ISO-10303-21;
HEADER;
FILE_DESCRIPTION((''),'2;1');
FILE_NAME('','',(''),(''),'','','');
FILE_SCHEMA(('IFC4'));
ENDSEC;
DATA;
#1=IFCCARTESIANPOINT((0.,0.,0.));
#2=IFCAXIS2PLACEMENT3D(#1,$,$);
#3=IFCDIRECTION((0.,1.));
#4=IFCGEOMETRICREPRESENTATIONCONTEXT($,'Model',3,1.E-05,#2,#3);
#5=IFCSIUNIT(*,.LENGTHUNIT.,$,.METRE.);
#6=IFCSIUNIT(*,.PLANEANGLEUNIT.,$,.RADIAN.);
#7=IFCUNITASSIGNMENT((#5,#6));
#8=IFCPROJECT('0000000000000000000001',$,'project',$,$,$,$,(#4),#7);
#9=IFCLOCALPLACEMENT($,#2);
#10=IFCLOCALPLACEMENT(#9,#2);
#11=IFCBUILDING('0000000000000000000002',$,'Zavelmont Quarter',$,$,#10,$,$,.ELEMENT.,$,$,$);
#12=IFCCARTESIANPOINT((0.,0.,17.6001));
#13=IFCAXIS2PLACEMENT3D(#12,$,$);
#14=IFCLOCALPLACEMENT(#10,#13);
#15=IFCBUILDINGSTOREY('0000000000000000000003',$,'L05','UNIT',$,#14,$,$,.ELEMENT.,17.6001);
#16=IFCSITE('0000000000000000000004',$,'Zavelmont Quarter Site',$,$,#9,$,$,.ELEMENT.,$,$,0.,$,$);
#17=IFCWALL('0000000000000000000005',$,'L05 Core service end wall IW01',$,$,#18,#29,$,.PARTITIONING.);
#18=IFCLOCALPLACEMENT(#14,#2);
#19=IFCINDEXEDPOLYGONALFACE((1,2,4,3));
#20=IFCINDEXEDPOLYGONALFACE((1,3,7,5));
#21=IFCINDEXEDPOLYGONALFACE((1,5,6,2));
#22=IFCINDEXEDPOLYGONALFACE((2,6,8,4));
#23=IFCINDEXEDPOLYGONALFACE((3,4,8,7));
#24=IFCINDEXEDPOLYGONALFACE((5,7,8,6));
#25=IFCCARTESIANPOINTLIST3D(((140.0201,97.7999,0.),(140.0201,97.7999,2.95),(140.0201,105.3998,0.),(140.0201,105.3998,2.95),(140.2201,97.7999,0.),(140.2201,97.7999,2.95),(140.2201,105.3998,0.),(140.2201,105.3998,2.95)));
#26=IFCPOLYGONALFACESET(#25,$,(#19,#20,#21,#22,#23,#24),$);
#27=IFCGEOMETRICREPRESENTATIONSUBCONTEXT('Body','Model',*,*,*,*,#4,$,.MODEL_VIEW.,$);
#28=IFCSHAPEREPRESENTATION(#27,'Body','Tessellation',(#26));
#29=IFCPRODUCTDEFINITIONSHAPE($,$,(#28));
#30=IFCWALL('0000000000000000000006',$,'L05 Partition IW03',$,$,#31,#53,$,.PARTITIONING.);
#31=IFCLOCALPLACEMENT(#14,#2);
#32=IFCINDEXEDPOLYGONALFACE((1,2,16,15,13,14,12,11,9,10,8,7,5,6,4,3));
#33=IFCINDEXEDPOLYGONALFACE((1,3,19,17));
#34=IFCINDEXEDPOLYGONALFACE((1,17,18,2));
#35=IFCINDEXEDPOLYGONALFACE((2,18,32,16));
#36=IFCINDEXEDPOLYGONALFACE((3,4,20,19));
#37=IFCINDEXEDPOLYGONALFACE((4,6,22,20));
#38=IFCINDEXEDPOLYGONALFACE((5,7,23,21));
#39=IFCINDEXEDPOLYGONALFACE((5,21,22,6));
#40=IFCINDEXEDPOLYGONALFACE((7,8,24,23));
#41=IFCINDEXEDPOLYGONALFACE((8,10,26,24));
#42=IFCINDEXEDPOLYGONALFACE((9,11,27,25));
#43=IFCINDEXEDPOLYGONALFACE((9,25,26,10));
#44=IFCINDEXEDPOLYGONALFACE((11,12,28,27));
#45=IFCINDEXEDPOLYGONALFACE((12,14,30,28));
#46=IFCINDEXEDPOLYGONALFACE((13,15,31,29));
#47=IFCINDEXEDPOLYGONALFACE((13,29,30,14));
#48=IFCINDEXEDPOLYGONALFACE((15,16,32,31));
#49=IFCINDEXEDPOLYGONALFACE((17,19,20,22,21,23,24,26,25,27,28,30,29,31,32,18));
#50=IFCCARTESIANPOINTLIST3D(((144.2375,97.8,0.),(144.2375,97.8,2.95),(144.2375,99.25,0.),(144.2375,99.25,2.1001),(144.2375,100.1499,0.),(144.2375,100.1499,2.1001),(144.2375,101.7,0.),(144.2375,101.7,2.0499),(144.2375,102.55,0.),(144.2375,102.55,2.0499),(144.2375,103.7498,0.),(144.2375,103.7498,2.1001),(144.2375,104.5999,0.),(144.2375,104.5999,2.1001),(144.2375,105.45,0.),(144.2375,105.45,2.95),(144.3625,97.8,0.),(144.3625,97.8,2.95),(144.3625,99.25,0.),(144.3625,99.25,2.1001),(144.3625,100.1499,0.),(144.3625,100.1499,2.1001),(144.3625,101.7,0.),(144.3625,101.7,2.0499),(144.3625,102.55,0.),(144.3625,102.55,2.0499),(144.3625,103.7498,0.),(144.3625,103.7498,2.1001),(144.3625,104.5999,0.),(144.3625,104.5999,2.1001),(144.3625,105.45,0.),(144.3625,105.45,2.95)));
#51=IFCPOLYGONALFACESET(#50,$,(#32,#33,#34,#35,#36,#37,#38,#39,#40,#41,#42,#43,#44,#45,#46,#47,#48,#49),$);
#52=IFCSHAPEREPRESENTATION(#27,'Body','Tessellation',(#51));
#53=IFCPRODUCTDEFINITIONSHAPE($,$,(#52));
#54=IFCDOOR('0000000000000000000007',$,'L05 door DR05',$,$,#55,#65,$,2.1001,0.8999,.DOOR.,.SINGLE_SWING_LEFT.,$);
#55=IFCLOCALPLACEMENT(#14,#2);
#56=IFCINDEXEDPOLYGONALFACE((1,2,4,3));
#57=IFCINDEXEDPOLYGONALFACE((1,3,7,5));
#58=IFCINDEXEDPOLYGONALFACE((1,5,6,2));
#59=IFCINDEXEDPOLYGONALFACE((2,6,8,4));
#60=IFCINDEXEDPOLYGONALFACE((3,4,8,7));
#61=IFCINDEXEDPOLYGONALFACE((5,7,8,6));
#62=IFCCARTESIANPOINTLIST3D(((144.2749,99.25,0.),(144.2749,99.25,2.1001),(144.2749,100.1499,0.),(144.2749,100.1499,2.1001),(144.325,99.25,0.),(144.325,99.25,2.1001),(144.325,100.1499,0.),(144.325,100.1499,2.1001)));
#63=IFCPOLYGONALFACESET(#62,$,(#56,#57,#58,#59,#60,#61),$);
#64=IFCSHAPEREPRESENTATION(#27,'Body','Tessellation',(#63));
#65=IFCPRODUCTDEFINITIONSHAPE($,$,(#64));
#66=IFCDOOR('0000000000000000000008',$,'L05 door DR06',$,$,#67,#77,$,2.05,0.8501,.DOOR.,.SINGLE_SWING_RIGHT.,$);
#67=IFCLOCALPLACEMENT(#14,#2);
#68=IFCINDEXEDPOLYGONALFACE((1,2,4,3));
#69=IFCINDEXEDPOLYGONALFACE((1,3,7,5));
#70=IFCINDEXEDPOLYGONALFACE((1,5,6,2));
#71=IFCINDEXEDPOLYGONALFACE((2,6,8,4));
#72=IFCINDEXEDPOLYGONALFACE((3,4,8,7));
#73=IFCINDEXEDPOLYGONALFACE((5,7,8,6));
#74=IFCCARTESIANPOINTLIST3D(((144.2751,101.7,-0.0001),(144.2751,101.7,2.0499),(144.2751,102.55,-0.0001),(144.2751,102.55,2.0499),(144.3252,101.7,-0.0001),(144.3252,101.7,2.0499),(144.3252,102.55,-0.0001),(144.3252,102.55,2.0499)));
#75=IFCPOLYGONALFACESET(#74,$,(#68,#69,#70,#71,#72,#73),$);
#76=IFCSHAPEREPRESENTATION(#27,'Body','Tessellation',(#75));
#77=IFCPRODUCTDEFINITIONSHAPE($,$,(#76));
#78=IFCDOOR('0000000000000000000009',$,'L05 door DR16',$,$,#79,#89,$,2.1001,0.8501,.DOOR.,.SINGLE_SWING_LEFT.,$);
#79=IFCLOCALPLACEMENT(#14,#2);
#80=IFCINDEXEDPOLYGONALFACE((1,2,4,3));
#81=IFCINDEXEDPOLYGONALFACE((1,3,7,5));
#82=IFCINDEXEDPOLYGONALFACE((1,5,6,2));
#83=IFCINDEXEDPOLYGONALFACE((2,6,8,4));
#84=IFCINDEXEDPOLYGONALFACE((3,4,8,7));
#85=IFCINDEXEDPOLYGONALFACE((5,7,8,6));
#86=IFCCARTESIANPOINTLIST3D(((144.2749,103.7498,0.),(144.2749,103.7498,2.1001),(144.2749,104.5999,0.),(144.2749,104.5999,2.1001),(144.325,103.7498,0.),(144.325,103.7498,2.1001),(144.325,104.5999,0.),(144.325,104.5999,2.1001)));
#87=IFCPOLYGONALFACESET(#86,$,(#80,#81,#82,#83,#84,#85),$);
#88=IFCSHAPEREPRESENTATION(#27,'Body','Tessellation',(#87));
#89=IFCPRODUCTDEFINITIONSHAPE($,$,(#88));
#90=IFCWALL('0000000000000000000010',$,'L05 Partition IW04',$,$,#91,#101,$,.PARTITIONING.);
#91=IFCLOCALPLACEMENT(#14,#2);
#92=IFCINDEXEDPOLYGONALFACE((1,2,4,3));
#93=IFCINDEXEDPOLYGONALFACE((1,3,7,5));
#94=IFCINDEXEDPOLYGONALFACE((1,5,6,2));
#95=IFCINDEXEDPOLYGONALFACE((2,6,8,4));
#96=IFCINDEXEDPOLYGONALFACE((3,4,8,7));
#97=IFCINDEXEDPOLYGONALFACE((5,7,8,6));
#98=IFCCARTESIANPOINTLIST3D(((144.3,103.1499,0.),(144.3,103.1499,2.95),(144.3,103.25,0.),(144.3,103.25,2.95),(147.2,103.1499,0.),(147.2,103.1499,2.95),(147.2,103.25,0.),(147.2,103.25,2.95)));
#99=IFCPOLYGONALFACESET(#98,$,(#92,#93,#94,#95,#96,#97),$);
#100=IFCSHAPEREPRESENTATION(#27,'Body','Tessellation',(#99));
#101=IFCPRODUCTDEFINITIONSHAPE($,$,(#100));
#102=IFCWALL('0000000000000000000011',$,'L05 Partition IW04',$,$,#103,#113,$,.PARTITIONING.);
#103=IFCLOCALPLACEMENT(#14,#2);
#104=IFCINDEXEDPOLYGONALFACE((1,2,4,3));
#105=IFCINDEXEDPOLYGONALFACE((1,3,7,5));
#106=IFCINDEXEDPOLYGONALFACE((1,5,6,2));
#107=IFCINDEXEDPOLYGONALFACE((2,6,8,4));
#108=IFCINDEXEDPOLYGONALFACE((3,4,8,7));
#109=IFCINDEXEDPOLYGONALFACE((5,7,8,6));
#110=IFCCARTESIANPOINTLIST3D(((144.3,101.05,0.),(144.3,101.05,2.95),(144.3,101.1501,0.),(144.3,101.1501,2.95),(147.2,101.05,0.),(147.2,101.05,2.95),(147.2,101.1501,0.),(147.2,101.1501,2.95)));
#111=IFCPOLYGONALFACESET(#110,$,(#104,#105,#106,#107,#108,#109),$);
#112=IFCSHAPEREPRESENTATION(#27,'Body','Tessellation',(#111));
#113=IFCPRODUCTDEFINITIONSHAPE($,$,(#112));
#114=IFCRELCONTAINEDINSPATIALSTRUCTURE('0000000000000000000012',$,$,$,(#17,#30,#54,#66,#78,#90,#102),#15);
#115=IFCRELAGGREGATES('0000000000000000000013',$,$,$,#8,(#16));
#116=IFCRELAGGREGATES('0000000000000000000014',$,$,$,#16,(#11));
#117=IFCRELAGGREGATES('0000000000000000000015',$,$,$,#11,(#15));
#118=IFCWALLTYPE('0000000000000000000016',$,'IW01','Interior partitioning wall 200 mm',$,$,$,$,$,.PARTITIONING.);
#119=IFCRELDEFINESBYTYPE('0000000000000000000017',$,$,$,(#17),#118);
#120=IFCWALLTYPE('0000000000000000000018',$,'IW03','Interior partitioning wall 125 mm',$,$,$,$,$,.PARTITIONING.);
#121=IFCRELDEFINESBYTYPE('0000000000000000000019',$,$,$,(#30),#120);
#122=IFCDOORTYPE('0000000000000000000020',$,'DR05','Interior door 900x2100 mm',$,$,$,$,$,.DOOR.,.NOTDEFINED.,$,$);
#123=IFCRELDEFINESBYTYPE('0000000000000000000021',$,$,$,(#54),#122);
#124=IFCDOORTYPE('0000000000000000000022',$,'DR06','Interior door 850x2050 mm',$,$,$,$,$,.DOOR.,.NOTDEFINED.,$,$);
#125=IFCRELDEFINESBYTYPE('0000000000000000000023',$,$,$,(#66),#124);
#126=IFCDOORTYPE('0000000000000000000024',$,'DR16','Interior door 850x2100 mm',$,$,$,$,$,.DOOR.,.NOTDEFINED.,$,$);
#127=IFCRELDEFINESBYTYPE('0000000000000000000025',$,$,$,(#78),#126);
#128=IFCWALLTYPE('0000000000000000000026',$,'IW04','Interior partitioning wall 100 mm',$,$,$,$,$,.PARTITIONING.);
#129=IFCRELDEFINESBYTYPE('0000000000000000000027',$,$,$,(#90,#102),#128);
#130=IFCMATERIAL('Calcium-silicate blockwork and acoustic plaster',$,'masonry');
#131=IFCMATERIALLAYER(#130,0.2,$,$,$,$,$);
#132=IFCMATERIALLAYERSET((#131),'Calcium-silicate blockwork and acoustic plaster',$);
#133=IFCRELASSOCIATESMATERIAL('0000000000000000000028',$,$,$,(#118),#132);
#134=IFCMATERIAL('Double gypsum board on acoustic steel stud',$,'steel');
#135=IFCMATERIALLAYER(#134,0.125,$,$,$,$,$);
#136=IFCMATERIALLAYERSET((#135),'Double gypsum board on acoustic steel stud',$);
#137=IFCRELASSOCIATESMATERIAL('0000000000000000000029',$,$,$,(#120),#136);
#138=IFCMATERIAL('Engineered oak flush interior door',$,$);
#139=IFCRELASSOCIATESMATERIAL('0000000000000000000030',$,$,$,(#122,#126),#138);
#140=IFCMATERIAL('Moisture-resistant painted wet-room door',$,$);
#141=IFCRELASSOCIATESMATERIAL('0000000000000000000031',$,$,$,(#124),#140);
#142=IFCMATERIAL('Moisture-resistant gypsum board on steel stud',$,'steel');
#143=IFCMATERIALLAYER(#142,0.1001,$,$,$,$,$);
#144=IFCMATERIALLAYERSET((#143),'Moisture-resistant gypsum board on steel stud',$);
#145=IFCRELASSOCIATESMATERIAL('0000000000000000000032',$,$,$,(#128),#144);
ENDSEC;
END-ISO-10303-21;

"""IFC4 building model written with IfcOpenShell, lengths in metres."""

from ifc_helpers import new_model, si_unit, direction, frame, frame_2d, origin, origin_with_axes, place, context, subcontext, project, spatial, rectangle, extrude, material, layer, layer_set, type_object, element, fill, save


model = new_model("IFC4")

# Units and contexts
model_context = context("Model", 3, precision=1e-05, world=origin(), true_north=direction((0.0, 1.0)))
body_context = subcontext(model_context, "Body", "Model", "MODEL_VIEW")
ifc_project = project(units=[si_unit("LENGTHUNIT", "METRE"), si_unit("PLANEANGLEUNIT", "RADIAN")], contexts=[model_context])

# Site, building, storey
site_placement = place(None, origin())
site = spatial("IfcSite", under=ifc_project, at=site_placement, Name="Zavelmont Quarter Site", CompositionType="ELEMENT", RefElevation=0.0)
building_placement = place(site_placement, origin())
building = spatial("IfcBuilding", under=site, at=building_placement, Name="Zavelmont Quarter", CompositionType="ELEMENT")
storey_placement = place(building_placement, frame((0.0, 0.0, 17.6001)))
storey = spatial("IfcBuildingStorey", under=building, at=storey_placement, Name="L05", Description="UNIT", CompositionType="ELEMENT", Elevation=17.6001)

# Wall
ifc_material_1 = material(Name="Calcium-silicate blockwork and acoustic plaster", Category="masonry")
ifc_layer_1 = layer(ifc_material_1, 0.2)
ifc_layer_set_1 = layer_set([ifc_layer_1], Name="Calcium-silicate blockwork and acoustic plaster")
wall_type_1 = type_object("IfcWallType", Name="IW01", Description="Interior partitioning wall 200 mm", PredefinedType="PARTITIONING", material=ifc_layer_set_1)
wall_1_placement = place(storey_placement, frame((140.1201, 97.8, 0.0), z_axis=(0.0, 0.0, 1.0), x_axis=(0.0, 1.0, 0.0)))
element("IfcWall", 1, at=wall_1_placement, inside=storey, type_object=wall_type_1, Name="L05 Core service end wall IW01", PredefinedType="PARTITIONING", context=body_context, shape_type="SweptSolid", body=[
    extrude(rectangle(XDim=7.5999, YDim=0.2, at=frame_2d((3.7998, 0.0))), origin(), (0.0, 0.0, 1.0), 2.95),
])

# Wall, openings, doors
ifc_material_2 = material(Name="Double gypsum board on acoustic steel stud", Category="steel")
ifc_layer_2 = layer(ifc_material_2, 0.125)
ifc_layer_set_2 = layer_set([ifc_layer_2], Name="Double gypsum board on acoustic steel stud")
wall_type_2 = type_object("IfcWallType", Name="IW03", Description="Interior partitioning wall 125 mm", PredefinedType="PARTITIONING", material=ifc_layer_set_2)
wall_2_placement = place(storey_placement, frame((144.3, 105.45, 0.0), z_axis=(0.0, 0.0, 1.0), x_axis=(0.0, -1.0, 0.0)))
wall_2 = element("IfcWall", 2, at=wall_2_placement, inside=storey, type_object=wall_type_2, Name="L05 Partition IW03", PredefinedType="PARTITIONING", context=body_context, shape_type="SweptSolid", body=[
    extrude(rectangle(XDim=7.6499, YDim=0.125, at=frame_2d((3.825, 0.0))), origin(), (0.0, 0.0, 1.0), 2.95),
])
opening_1_placement = place(wall_2_placement, frame((0.8501, 0.0, 0.0)))
opening_1 = element("IfcOpeningElement", 3, at=opening_1_placement, cuts=wall_2, PredefinedType="OPENING", context=body_context, shape_type="SweptSolid", body=[
    extrude(rectangle(XDim=0.8501, YDim=2.1001, at=frame_2d((0.425, 1.05))), frame((0.0, 0.0745, 0.0), z_axis=(0.0, -1.0, 0.0), x_axis=(1.0, 0.0, 0.0)), (0.0, 0.0, 1.0), 0.1489),
])
opening_2_placement = place(wall_2_placement, frame((2.8999, 0.0, 0.0)))
opening_2 = element("IfcOpeningElement", 4, at=opening_2_placement, cuts=wall_2, PredefinedType="OPENING", context=body_context, shape_type="SweptSolid", body=[
    extrude(rectangle(XDim=0.8501, YDim=2.05, at=frame_2d((0.425, 1.0249))), frame((0.0, 0.0745, 0.0), z_axis=(0.0, -1.0, 0.0), x_axis=(1.0, 0.0, 0.0)), (0.0, 0.0, 1.0), 0.1489),
])
opening_3_placement = place(wall_2_placement, frame((5.3, 0.0, 0.0)))
opening_3 = element("IfcOpeningElement", 5, at=opening_3_placement, cuts=wall_2, PredefinedType="OPENING", context=body_context, shape_type="SweptSolid", body=[
    extrude(rectangle(XDim=0.8999, YDim=2.1001, at=frame_2d((0.45, 1.05))), frame((0.0, 0.0745, 0.0), z_axis=(0.0, -1.0, 0.0), x_axis=(1.0, 0.0, 0.0)), (0.0, 0.0, 1.0), 0.1489),
])
ifc_material_3 = material(Name="Engineered oak flush interior door")
door_type_1 = type_object("IfcDoorType", Name="DR05", Description="Interior door 900x2100 mm", OperationType="NOTDEFINED", PredefinedType="DOOR", material=ifc_material_3)
door_1_placement = place(opening_3_placement, origin_with_axes())
door_1 = element("IfcDoor", 6, at=door_1_placement, inside=storey, type_object=door_type_1, Name="L05 door DR05", OperationType="SINGLE_SWING_LEFT", OverallHeight=2.1001, OverallWidth=0.8999, PredefinedType="DOOR", context=body_context, shape_type="SweptSolid", body=[
    extrude(rectangle(XDim=0.8999, YDim=2.1001, at=frame_2d((0.45, 1.05))), frame((0.0, 0.0249, 0.0), z_axis=(0.0, -1.0, 0.0), x_axis=(1.0, 0.0, 0.0)), (0.0, 0.0, 1.0), 0.05),
])
fill(opening_3, door_1)
ifc_material_4 = material(Name="Moisture-resistant painted wet-room door")
door_type_2 = type_object("IfcDoorType", Name="DR06", Description="Interior door 850x2050 mm", OperationType="NOTDEFINED", PredefinedType="DOOR", material=ifc_material_4)
door_2_placement = place(opening_2_placement, frame((0.8501, 0.0, 0.0), z_axis=(0.0, 0.0, 1.0), x_axis=(-1.0, 0.0, 0.0)))
door_2 = element("IfcDoor", 7, at=door_2_placement, inside=storey, type_object=door_type_2, Name="L05 door DR06", OperationType="SINGLE_SWING_RIGHT", OverallHeight=2.05, OverallWidth=0.8501, PredefinedType="DOOR", context=body_context, shape_type="SweptSolid", body=[
    extrude(rectangle(XDim=0.8501, YDim=2.05, at=frame_2d((0.425, 1.0249))), frame((0.0, 0.0249, 0.0), z_axis=(0.0, -1.0, 0.0), x_axis=(1.0, 0.0, 0.0)), (0.0, 0.0, 1.0), 0.05),
])
fill(opening_2, door_2)
door_type_3 = type_object("IfcDoorType", Name="DR16", Description="Interior door 850x2100 mm", OperationType="NOTDEFINED", PredefinedType="DOOR", material=ifc_material_3)
door_3_placement = place(opening_1_placement, origin_with_axes())
door_3 = element("IfcDoor", 8, at=door_3_placement, inside=storey, type_object=door_type_3, Name="L05 door DR16", OperationType="SINGLE_SWING_LEFT", OverallHeight=2.1001, OverallWidth=0.8501, PredefinedType="DOOR", context=body_context, shape_type="SweptSolid", body=[
    extrude(rectangle(XDim=0.8501, YDim=2.1001, at=frame_2d((0.425, 1.05))), frame((0.0, 0.0249, 0.0), z_axis=(0.0, -1.0, 0.0), x_axis=(1.0, 0.0, 0.0)), (0.0, 0.0, 1.0), 0.05),
])
fill(opening_1, door_3)

# Walls
ifc_material_5 = material(Name="Moisture-resistant gypsum board on steel stud", Category="steel")
ifc_layer_3 = layer(ifc_material_5, 0.1001)
ifc_layer_set_3 = layer_set([ifc_layer_3], Name="Moisture-resistant gypsum board on steel stud")
wall_type_3 = type_object("IfcWallType", Name="IW04", Description="Interior partitioning wall 100 mm", PredefinedType="PARTITIONING", material=ifc_layer_set_3)
for number, where, z_axis, x_axis, name in (
    (9, (144.3, 103.2, 0.0), (0.0, 0.0, 1.0), (1.0, 0.0, 0.0), "L05 Partition IW04"),
    (10, (144.3, 101.1001, 0.0), (0.0, 0.0, 1.0), (1.0, 0.0, 0.0), "L05 Partition IW04"),
):
    element("IfcWall", number, at=place(storey_placement, frame(where, z_axis=z_axis, x_axis=x_axis)), inside=storey, type_object=wall_type_3, Name=name, PredefinedType="PARTITIONING", context=body_context, shape_type="SweptSolid", body=[
        extrude(rectangle(XDim=2.8999, YDim=0.1001, at=frame_2d((1.45, 0.0))), origin(), (0.0, 0.0, 1.0), 2.95),
    ])

save(model, "model.ifc")
